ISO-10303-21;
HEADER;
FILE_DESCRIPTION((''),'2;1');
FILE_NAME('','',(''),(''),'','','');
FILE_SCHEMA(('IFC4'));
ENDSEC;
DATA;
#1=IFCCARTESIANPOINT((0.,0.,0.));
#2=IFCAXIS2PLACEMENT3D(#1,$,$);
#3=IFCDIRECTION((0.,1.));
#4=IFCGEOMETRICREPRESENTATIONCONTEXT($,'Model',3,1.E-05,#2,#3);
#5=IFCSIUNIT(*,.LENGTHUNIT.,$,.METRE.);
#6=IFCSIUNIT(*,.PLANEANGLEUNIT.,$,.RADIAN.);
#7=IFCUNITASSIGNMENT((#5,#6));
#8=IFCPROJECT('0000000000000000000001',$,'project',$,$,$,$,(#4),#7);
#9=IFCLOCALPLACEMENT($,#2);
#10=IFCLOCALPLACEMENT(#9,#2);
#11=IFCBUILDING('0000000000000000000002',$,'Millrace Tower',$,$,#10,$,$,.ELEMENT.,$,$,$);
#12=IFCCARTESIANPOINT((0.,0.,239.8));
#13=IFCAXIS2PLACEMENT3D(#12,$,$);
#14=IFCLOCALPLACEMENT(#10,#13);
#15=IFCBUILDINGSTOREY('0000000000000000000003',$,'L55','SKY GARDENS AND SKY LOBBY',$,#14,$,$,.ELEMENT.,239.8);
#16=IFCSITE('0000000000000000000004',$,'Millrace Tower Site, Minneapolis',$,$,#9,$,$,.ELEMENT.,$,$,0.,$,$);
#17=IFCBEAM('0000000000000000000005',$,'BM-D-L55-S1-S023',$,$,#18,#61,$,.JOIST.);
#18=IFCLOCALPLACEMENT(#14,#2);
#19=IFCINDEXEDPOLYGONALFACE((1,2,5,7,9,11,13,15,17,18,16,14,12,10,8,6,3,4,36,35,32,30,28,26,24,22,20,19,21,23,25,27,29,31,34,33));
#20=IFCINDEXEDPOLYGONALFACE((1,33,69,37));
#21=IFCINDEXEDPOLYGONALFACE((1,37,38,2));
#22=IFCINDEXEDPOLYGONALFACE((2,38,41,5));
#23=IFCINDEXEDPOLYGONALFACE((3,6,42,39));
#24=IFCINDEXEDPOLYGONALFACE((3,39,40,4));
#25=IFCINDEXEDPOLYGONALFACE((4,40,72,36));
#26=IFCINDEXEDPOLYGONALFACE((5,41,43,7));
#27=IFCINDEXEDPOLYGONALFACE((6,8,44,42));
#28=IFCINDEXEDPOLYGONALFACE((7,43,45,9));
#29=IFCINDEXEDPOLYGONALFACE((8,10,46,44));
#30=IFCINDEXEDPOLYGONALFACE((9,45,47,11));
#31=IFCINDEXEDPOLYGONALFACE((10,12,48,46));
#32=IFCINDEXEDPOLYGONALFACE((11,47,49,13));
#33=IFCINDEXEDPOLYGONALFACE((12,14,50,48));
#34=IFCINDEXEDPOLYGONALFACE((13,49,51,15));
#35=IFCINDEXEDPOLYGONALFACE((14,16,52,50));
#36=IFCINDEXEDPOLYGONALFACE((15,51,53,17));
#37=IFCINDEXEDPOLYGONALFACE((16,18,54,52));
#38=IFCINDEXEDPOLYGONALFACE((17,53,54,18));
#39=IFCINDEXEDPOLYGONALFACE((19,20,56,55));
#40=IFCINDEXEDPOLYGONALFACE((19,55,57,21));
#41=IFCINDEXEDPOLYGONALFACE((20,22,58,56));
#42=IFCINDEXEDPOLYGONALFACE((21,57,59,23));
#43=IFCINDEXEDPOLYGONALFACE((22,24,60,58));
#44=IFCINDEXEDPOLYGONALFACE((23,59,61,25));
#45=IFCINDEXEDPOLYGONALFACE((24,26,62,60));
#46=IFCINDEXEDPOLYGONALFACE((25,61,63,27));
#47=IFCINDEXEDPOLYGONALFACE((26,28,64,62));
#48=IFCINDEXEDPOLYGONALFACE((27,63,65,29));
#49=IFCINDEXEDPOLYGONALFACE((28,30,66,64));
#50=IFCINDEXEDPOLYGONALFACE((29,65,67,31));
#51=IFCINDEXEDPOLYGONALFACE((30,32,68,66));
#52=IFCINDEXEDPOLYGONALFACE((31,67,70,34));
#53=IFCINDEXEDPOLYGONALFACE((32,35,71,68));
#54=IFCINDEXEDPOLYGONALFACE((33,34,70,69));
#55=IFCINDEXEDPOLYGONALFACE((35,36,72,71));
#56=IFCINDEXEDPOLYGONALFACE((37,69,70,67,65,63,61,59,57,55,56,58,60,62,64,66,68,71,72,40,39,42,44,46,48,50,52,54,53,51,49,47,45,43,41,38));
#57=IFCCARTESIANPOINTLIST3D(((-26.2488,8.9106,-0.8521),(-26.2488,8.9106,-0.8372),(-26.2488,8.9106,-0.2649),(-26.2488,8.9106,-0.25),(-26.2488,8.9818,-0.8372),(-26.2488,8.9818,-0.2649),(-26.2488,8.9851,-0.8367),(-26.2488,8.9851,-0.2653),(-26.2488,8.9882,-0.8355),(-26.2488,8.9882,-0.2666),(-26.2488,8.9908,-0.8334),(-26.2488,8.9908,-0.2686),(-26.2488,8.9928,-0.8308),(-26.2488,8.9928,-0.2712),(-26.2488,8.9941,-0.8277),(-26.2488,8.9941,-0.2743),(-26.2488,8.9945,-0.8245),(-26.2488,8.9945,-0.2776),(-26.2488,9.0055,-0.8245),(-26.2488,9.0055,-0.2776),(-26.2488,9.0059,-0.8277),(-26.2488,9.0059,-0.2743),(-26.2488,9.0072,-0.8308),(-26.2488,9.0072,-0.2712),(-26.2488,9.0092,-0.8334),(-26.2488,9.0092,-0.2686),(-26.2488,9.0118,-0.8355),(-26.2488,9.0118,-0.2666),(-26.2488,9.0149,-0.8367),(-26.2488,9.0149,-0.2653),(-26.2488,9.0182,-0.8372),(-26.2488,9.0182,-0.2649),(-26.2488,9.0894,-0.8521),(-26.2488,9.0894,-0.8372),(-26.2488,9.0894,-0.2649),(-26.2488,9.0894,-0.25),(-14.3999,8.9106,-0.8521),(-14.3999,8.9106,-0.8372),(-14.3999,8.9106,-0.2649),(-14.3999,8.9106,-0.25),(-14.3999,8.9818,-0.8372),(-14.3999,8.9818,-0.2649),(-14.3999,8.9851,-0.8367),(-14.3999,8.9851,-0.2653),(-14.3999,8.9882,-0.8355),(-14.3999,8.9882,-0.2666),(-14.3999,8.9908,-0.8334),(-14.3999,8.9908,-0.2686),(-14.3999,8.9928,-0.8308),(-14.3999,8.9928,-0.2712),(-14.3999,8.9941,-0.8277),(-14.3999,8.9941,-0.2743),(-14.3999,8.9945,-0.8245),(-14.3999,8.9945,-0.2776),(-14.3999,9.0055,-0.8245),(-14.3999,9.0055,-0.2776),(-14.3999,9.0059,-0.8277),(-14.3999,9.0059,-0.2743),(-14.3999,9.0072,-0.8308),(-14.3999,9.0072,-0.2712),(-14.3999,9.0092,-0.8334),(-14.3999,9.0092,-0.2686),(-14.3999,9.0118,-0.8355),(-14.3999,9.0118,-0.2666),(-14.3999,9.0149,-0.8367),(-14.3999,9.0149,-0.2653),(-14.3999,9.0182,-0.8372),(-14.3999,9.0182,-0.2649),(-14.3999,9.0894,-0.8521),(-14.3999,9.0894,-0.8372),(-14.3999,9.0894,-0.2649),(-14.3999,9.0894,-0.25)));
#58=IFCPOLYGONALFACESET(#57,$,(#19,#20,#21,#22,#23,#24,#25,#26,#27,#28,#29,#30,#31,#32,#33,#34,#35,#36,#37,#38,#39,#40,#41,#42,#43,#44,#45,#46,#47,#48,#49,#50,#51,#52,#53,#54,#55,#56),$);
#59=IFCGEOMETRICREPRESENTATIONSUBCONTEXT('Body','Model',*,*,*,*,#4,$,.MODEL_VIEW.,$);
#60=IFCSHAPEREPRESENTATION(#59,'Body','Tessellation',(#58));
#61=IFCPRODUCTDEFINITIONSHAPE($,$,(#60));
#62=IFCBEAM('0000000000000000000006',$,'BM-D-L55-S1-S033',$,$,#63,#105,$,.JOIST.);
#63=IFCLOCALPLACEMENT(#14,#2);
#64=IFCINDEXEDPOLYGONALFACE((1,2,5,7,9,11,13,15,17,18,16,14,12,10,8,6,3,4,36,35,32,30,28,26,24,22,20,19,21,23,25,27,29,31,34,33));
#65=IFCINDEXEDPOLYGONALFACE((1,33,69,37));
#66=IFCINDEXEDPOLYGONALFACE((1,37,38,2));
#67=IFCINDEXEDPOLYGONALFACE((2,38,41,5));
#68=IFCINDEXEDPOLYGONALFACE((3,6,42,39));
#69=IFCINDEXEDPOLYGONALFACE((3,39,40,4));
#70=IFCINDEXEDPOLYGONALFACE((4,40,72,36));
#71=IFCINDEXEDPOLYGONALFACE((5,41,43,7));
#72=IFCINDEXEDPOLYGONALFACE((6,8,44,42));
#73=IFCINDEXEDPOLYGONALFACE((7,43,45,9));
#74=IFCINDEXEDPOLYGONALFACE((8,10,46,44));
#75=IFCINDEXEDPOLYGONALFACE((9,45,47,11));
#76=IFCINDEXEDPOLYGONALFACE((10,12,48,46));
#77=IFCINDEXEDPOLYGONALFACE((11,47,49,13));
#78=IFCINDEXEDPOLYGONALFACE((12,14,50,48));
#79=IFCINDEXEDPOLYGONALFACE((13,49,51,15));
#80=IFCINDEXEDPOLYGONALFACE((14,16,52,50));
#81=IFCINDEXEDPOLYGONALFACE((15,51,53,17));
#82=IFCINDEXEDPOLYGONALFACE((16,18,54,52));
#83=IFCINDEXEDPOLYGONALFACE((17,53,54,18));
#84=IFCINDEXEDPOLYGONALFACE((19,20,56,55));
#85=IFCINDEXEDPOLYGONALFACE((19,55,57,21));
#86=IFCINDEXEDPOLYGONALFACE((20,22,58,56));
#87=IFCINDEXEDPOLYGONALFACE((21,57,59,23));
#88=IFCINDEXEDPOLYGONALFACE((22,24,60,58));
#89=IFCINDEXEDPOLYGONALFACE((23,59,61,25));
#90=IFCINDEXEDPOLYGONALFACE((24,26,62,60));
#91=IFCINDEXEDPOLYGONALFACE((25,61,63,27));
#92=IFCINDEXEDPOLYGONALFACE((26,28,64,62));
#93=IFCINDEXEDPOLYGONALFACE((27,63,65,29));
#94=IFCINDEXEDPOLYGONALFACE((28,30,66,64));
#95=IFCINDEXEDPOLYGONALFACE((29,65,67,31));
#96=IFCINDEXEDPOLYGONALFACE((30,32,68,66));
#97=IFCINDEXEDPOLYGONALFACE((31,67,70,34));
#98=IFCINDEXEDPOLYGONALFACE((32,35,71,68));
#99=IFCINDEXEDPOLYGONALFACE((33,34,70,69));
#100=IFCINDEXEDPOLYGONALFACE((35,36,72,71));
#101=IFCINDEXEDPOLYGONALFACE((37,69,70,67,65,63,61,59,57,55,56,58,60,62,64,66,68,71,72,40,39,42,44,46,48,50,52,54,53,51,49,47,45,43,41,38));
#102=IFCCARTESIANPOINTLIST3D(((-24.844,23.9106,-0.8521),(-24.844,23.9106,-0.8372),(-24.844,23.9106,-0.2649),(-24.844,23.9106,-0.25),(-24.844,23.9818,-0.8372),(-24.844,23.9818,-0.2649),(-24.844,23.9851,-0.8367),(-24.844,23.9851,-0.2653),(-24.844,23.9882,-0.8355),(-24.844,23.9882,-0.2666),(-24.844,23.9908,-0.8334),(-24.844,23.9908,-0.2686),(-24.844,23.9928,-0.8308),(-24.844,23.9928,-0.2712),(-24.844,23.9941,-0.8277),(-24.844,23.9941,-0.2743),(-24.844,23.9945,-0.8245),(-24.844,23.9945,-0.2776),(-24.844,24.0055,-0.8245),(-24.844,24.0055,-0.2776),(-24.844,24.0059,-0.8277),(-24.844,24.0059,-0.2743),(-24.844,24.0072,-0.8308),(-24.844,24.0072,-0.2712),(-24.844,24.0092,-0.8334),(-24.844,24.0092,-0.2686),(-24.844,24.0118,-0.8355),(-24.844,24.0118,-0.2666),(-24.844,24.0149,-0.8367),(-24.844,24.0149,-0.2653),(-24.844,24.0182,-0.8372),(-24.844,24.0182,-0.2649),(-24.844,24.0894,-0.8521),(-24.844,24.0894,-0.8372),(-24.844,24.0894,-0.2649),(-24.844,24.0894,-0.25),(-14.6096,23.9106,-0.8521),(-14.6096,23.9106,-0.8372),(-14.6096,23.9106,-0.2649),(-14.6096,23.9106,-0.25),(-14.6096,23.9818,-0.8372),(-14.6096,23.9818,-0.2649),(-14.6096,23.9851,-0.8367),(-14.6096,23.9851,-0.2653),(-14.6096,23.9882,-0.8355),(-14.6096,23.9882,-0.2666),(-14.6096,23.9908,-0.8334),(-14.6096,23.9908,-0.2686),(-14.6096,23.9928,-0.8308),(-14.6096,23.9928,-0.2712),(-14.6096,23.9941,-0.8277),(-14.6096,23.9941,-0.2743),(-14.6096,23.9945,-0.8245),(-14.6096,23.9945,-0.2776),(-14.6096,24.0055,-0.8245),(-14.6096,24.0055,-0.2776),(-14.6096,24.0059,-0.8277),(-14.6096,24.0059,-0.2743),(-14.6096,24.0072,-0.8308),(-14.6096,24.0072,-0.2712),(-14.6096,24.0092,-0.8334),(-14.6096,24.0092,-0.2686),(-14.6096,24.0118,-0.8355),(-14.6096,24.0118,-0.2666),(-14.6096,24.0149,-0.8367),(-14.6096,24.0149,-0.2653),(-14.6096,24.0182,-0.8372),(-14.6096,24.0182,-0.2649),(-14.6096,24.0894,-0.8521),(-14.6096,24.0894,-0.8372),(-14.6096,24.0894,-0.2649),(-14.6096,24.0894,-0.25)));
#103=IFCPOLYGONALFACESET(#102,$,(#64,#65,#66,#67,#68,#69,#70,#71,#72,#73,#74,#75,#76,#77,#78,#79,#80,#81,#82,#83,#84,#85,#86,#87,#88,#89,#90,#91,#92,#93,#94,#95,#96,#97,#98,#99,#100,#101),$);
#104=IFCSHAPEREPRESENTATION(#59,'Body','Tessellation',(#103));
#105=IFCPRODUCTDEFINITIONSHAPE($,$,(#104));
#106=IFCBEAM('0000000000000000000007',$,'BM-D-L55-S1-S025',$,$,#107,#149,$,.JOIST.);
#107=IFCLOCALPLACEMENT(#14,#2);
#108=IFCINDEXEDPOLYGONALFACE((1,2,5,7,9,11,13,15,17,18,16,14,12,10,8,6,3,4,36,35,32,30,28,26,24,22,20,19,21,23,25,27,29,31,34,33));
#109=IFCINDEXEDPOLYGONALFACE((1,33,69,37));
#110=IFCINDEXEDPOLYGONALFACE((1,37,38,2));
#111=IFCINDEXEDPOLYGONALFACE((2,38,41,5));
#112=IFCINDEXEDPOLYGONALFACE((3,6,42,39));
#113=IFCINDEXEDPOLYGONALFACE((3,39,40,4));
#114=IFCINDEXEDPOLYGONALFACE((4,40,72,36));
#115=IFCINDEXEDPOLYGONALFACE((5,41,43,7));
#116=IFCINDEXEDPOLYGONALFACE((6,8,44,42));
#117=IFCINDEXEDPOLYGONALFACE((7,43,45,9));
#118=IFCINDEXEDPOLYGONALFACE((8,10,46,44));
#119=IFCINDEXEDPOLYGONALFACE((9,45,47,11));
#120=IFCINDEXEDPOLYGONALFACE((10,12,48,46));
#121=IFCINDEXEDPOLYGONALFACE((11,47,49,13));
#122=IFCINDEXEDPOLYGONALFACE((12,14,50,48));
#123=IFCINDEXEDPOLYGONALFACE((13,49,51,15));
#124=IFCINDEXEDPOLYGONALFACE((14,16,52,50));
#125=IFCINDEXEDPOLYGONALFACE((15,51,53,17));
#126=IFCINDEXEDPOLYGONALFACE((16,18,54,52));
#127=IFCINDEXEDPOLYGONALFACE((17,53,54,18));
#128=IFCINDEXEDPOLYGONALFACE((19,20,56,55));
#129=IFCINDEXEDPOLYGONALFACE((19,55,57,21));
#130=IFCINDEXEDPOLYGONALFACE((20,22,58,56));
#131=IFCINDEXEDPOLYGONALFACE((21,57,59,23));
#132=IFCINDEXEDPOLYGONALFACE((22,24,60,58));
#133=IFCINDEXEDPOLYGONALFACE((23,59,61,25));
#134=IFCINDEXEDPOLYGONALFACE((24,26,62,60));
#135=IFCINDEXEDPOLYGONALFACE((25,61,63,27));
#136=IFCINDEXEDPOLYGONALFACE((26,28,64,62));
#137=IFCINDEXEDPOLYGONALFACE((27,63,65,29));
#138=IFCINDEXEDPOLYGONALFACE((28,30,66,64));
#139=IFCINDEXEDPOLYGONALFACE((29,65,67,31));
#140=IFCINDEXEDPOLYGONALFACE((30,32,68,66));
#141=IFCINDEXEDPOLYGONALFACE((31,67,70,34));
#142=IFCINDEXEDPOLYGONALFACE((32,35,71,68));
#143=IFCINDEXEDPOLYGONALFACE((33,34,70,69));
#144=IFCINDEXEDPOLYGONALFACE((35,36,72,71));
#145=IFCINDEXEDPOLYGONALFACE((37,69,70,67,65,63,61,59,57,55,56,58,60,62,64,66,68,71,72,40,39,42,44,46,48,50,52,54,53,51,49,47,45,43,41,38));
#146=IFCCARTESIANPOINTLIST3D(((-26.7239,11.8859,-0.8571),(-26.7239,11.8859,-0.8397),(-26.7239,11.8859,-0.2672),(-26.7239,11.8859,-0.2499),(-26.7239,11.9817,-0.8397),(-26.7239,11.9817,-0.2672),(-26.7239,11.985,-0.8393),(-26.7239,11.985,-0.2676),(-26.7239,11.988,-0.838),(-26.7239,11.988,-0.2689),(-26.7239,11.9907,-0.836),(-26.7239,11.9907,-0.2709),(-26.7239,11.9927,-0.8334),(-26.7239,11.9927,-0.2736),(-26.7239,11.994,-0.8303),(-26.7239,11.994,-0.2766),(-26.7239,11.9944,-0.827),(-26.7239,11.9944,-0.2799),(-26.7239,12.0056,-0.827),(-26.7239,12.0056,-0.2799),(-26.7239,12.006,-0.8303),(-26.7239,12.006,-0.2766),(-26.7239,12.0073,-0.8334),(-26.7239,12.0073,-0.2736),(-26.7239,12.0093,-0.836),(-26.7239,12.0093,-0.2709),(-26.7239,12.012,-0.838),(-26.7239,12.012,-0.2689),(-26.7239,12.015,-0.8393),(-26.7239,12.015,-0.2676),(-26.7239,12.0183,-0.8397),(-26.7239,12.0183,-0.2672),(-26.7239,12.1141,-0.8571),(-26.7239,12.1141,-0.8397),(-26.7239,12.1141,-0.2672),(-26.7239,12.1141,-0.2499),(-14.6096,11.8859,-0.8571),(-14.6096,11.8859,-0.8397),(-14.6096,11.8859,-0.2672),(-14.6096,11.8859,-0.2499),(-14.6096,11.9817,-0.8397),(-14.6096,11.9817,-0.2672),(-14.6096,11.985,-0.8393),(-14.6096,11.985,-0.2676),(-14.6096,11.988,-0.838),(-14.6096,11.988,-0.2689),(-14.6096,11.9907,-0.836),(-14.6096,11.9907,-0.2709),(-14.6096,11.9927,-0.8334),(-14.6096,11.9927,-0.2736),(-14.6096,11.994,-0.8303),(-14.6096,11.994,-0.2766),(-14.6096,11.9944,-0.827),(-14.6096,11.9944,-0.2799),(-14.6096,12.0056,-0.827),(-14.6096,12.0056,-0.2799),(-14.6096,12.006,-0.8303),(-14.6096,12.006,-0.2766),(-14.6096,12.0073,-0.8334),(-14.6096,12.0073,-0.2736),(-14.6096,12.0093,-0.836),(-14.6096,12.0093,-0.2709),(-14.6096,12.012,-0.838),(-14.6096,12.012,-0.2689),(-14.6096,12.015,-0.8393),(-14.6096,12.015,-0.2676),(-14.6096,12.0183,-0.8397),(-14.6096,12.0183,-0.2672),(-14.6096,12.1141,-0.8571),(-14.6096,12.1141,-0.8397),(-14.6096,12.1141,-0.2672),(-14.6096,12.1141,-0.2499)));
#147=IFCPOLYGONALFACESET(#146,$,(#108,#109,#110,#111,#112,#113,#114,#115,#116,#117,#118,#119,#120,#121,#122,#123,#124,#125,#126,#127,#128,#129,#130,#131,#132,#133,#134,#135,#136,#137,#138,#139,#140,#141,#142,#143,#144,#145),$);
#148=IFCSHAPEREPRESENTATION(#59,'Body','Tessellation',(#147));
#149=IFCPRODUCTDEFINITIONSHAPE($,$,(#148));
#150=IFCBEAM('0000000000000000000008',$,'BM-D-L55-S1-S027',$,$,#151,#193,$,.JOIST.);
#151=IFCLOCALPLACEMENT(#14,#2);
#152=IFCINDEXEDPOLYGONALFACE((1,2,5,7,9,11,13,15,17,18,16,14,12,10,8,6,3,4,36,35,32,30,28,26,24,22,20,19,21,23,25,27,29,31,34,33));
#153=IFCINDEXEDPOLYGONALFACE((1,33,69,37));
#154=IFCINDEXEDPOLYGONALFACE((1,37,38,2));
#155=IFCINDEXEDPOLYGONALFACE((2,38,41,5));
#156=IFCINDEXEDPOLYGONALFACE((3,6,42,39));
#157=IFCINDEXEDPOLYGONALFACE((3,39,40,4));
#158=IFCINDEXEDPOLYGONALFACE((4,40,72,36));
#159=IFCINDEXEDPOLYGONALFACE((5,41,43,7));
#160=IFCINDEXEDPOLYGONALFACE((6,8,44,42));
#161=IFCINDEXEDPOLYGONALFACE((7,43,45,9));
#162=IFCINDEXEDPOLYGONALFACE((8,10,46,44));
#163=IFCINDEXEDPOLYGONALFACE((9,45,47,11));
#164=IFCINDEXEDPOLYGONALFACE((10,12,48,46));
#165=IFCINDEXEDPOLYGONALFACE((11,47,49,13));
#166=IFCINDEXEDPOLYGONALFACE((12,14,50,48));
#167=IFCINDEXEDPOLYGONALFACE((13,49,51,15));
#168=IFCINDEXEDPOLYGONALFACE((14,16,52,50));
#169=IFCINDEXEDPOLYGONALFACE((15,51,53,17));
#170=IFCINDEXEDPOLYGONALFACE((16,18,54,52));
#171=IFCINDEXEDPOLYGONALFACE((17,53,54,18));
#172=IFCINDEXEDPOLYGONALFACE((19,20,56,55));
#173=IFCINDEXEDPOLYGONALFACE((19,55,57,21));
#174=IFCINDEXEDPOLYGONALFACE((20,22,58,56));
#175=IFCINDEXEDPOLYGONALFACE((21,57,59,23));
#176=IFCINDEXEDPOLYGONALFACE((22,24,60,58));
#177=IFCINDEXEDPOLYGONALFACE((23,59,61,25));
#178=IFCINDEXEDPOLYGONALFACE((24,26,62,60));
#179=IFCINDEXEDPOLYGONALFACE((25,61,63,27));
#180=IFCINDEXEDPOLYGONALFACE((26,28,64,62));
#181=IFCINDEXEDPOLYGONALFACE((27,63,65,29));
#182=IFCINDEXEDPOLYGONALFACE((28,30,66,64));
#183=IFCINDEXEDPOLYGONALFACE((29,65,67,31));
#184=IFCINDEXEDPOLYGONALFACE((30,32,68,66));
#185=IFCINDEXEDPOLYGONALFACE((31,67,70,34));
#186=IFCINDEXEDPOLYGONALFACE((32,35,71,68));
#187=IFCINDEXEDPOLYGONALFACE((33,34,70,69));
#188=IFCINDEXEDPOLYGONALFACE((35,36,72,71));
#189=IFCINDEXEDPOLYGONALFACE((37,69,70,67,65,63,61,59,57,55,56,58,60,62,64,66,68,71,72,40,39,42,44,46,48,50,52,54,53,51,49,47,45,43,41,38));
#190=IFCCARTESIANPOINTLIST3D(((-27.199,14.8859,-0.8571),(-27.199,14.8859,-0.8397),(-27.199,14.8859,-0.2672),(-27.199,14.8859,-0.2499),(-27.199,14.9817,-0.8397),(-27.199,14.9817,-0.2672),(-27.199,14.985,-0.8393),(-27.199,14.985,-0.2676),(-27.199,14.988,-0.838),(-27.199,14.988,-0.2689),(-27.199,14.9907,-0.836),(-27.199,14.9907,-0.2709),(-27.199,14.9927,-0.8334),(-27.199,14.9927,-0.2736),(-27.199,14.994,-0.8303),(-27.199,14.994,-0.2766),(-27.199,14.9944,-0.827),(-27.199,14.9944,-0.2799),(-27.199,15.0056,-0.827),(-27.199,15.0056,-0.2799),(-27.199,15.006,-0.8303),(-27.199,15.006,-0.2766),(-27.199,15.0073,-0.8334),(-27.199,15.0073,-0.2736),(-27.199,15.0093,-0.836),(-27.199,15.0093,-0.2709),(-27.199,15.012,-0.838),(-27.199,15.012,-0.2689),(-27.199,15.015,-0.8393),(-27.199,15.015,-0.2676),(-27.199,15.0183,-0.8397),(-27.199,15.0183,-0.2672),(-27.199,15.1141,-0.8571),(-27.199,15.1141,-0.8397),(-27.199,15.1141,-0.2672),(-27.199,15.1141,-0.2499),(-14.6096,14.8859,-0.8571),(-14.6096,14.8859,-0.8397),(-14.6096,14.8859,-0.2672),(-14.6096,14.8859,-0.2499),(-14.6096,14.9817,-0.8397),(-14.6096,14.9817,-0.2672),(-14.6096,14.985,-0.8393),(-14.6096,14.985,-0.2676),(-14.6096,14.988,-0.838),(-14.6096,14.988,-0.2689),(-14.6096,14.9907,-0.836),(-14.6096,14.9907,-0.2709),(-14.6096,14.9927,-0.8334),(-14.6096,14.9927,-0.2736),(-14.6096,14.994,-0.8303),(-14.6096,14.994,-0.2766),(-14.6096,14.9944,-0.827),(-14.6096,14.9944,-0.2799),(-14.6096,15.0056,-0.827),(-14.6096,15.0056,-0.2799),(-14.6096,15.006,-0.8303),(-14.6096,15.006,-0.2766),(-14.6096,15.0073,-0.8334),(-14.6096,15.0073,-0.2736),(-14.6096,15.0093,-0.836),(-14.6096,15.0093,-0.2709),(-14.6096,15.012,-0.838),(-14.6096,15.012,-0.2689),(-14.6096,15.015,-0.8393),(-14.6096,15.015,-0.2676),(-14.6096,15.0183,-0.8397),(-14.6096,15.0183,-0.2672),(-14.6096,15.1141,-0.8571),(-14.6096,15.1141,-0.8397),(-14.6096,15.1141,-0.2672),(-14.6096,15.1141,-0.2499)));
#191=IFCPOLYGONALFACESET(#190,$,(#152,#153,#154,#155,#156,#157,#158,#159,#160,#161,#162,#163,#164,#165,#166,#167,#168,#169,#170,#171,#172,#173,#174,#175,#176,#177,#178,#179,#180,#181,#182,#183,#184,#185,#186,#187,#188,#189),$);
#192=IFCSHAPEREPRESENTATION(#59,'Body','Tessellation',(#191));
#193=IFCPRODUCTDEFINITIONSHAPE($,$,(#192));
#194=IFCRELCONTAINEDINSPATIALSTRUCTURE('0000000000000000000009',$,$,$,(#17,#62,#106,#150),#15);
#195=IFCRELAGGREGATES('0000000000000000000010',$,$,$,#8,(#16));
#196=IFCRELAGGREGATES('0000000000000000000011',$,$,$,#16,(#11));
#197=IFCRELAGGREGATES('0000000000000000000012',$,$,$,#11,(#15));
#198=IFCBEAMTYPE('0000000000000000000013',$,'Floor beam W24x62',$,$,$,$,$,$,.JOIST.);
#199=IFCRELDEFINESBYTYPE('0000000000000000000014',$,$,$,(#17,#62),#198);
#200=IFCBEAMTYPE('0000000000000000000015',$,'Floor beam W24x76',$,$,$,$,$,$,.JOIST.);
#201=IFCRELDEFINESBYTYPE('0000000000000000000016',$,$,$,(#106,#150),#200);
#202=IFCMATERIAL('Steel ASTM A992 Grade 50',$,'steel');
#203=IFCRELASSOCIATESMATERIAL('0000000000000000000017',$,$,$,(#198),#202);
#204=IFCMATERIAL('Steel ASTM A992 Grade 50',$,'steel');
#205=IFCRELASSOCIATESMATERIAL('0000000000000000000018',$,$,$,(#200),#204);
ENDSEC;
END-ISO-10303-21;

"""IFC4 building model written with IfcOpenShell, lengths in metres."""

from ifc_helpers import new_model, si_unit, direction, frame, origin, origin_2d, place, context, subcontext, project, spatial, i_section, extrude, material, material_profile, profile_set, type_object, element, save


model = new_model("IFC4")

# Units and contexts
model_context = context("Model", 3, precision=1e-05, world=origin(), true_north=direction((0.0, 1.0)))
body_context = subcontext(model_context, "Body", "Model", "MODEL_VIEW")
ifc_project = project(units=[si_unit("LENGTHUNIT", "METRE"), si_unit("PLANEANGLEUNIT", "RADIAN")], contexts=[model_context])

# Site, building, storey
site_placement = place(None, origin())
site = spatial("IfcSite", under=ifc_project, at=site_placement, Name="Millrace Tower Site, Minneapolis", CompositionType="ELEMENT", RefElevation=0.0)
building_placement = place(site_placement, origin())
building = spatial("IfcBuilding", under=site, at=building_placement, Name="Millrace Tower", CompositionType="ELEMENT")
storey_placement = place(building_placement, frame((0.0, 0.0, 239.8)))
storey = spatial("IfcBuildingStorey", under=building, at=storey_placement, Name="L55", Description="SKY GARDENS AND SKY LOBBY", CompositionType="ELEMENT", Elevation=239.8)

# Beams
ifc_material_1 = material(Name="Steel ASTM A992 Grade 50", Category="steel")
ifc_material_profile_1 = material_profile(ifc_material_1, i_section(OverallWidth=0.1787, OverallDepth=0.6021, WebThickness=0.011, FlangeThickness=0.0149, FilletRadius=0.0127, at=origin_2d()))
ifc_profile_set_1 = profile_set([ifc_material_profile_1], Name="Steel ASTM A992 Grade 50")
beam_type_1 = type_object("IfcBeamType", Name="Floor beam W24x62", PredefinedType="JOIST", material=ifc_profile_set_1)
beam_1_placement = place(storey_placement, frame((-26.2488, 9.0, -0.551), z_axis=(1.0, 0.0, 0.0), x_axis=(0.0, 1.0, 0.0)))
element("IfcBeam", 1, at=beam_1_placement, inside=storey, type_object=beam_type_1, Name="BM-D-L55-S1-S023", PredefinedType="JOIST", context=body_context, shape_type="SweptSolid", body=[
    extrude(i_section(OverallWidth=0.1787, OverallDepth=0.6021, WebThickness=0.011, FlangeThickness=0.0149, FilletRadius=0.0127, at=origin_2d()), origin(), (0.0, 0.0, 1.0), 11.8489),
])
beam_2_placement = place(storey_placement, frame((-24.844, 24.0, -0.551), z_axis=(1.0, 0.0, 0.0), x_axis=(0.0, 1.0, 0.0)))
element("IfcBeam", 2, at=beam_2_placement, inside=storey, type_object=beam_type_1, Name="BM-D-L55-S1-S033", PredefinedType="JOIST", context=body_context, shape_type="SweptSolid", body=[
    extrude(i_section(OverallWidth=0.1787, OverallDepth=0.6021, WebThickness=0.011, FlangeThickness=0.0149, FilletRadius=0.0127, at=origin_2d()), origin(), (0.0, 0.0, 1.0), 10.2344),
])
ifc_material_2 = material(Name="Steel ASTM A992 Grade 50", Category="steel")
ifc_material_profile_2 = material_profile(ifc_material_2, i_section(OverallWidth=0.2283, OverallDepth=0.6072, WebThickness=0.0112, FlangeThickness=0.0173, FilletRadius=0.0127, at=origin_2d()))
ifc_profile_set_2 = profile_set([ifc_material_profile_2], Name="Steel ASTM A992 Grade 50")
beam_type_2 = type_object("IfcBeamType", Name="Floor beam W24x76", PredefinedType="JOIST", material=ifc_profile_set_2)
beam_3_placement = place(storey_placement, frame((-26.7239, 12.0, -0.5535), z_axis=(1.0, 0.0, 0.0), x_axis=(0.0, 1.0, 0.0)))
element("IfcBeam", 3, at=beam_3_placement, inside=storey, type_object=beam_type_2, Name="BM-D-L55-S1-S025", PredefinedType="JOIST", context=body_context, shape_type="SweptSolid", body=[
    extrude(i_section(OverallWidth=0.2283, OverallDepth=0.6072, WebThickness=0.0112, FlangeThickness=0.0173, FilletRadius=0.0127, at=origin_2d()), origin(), (0.0, 0.0, 1.0), 12.1143),
])
beam_4_placement = place(storey_placement, frame((-27.199, 15.0, -0.5535), z_axis=(1.0, 0.0, 0.0), x_axis=(0.0, 1.0, 0.0)))
element("IfcBeam", 4, at=beam_4_placement, inside=storey, type_object=beam_type_2, Name="BM-D-L55-S1-S027", PredefinedType="JOIST", context=body_context, shape_type="SweptSolid", body=[
    extrude(i_section(OverallWidth=0.2283, OverallDepth=0.6072, WebThickness=0.0112, FlangeThickness=0.0173, FilletRadius=0.0127, at=origin_2d()), origin(), (0.0, 0.0, 1.0), 12.5894),
])

save(model, "model.ifc")
